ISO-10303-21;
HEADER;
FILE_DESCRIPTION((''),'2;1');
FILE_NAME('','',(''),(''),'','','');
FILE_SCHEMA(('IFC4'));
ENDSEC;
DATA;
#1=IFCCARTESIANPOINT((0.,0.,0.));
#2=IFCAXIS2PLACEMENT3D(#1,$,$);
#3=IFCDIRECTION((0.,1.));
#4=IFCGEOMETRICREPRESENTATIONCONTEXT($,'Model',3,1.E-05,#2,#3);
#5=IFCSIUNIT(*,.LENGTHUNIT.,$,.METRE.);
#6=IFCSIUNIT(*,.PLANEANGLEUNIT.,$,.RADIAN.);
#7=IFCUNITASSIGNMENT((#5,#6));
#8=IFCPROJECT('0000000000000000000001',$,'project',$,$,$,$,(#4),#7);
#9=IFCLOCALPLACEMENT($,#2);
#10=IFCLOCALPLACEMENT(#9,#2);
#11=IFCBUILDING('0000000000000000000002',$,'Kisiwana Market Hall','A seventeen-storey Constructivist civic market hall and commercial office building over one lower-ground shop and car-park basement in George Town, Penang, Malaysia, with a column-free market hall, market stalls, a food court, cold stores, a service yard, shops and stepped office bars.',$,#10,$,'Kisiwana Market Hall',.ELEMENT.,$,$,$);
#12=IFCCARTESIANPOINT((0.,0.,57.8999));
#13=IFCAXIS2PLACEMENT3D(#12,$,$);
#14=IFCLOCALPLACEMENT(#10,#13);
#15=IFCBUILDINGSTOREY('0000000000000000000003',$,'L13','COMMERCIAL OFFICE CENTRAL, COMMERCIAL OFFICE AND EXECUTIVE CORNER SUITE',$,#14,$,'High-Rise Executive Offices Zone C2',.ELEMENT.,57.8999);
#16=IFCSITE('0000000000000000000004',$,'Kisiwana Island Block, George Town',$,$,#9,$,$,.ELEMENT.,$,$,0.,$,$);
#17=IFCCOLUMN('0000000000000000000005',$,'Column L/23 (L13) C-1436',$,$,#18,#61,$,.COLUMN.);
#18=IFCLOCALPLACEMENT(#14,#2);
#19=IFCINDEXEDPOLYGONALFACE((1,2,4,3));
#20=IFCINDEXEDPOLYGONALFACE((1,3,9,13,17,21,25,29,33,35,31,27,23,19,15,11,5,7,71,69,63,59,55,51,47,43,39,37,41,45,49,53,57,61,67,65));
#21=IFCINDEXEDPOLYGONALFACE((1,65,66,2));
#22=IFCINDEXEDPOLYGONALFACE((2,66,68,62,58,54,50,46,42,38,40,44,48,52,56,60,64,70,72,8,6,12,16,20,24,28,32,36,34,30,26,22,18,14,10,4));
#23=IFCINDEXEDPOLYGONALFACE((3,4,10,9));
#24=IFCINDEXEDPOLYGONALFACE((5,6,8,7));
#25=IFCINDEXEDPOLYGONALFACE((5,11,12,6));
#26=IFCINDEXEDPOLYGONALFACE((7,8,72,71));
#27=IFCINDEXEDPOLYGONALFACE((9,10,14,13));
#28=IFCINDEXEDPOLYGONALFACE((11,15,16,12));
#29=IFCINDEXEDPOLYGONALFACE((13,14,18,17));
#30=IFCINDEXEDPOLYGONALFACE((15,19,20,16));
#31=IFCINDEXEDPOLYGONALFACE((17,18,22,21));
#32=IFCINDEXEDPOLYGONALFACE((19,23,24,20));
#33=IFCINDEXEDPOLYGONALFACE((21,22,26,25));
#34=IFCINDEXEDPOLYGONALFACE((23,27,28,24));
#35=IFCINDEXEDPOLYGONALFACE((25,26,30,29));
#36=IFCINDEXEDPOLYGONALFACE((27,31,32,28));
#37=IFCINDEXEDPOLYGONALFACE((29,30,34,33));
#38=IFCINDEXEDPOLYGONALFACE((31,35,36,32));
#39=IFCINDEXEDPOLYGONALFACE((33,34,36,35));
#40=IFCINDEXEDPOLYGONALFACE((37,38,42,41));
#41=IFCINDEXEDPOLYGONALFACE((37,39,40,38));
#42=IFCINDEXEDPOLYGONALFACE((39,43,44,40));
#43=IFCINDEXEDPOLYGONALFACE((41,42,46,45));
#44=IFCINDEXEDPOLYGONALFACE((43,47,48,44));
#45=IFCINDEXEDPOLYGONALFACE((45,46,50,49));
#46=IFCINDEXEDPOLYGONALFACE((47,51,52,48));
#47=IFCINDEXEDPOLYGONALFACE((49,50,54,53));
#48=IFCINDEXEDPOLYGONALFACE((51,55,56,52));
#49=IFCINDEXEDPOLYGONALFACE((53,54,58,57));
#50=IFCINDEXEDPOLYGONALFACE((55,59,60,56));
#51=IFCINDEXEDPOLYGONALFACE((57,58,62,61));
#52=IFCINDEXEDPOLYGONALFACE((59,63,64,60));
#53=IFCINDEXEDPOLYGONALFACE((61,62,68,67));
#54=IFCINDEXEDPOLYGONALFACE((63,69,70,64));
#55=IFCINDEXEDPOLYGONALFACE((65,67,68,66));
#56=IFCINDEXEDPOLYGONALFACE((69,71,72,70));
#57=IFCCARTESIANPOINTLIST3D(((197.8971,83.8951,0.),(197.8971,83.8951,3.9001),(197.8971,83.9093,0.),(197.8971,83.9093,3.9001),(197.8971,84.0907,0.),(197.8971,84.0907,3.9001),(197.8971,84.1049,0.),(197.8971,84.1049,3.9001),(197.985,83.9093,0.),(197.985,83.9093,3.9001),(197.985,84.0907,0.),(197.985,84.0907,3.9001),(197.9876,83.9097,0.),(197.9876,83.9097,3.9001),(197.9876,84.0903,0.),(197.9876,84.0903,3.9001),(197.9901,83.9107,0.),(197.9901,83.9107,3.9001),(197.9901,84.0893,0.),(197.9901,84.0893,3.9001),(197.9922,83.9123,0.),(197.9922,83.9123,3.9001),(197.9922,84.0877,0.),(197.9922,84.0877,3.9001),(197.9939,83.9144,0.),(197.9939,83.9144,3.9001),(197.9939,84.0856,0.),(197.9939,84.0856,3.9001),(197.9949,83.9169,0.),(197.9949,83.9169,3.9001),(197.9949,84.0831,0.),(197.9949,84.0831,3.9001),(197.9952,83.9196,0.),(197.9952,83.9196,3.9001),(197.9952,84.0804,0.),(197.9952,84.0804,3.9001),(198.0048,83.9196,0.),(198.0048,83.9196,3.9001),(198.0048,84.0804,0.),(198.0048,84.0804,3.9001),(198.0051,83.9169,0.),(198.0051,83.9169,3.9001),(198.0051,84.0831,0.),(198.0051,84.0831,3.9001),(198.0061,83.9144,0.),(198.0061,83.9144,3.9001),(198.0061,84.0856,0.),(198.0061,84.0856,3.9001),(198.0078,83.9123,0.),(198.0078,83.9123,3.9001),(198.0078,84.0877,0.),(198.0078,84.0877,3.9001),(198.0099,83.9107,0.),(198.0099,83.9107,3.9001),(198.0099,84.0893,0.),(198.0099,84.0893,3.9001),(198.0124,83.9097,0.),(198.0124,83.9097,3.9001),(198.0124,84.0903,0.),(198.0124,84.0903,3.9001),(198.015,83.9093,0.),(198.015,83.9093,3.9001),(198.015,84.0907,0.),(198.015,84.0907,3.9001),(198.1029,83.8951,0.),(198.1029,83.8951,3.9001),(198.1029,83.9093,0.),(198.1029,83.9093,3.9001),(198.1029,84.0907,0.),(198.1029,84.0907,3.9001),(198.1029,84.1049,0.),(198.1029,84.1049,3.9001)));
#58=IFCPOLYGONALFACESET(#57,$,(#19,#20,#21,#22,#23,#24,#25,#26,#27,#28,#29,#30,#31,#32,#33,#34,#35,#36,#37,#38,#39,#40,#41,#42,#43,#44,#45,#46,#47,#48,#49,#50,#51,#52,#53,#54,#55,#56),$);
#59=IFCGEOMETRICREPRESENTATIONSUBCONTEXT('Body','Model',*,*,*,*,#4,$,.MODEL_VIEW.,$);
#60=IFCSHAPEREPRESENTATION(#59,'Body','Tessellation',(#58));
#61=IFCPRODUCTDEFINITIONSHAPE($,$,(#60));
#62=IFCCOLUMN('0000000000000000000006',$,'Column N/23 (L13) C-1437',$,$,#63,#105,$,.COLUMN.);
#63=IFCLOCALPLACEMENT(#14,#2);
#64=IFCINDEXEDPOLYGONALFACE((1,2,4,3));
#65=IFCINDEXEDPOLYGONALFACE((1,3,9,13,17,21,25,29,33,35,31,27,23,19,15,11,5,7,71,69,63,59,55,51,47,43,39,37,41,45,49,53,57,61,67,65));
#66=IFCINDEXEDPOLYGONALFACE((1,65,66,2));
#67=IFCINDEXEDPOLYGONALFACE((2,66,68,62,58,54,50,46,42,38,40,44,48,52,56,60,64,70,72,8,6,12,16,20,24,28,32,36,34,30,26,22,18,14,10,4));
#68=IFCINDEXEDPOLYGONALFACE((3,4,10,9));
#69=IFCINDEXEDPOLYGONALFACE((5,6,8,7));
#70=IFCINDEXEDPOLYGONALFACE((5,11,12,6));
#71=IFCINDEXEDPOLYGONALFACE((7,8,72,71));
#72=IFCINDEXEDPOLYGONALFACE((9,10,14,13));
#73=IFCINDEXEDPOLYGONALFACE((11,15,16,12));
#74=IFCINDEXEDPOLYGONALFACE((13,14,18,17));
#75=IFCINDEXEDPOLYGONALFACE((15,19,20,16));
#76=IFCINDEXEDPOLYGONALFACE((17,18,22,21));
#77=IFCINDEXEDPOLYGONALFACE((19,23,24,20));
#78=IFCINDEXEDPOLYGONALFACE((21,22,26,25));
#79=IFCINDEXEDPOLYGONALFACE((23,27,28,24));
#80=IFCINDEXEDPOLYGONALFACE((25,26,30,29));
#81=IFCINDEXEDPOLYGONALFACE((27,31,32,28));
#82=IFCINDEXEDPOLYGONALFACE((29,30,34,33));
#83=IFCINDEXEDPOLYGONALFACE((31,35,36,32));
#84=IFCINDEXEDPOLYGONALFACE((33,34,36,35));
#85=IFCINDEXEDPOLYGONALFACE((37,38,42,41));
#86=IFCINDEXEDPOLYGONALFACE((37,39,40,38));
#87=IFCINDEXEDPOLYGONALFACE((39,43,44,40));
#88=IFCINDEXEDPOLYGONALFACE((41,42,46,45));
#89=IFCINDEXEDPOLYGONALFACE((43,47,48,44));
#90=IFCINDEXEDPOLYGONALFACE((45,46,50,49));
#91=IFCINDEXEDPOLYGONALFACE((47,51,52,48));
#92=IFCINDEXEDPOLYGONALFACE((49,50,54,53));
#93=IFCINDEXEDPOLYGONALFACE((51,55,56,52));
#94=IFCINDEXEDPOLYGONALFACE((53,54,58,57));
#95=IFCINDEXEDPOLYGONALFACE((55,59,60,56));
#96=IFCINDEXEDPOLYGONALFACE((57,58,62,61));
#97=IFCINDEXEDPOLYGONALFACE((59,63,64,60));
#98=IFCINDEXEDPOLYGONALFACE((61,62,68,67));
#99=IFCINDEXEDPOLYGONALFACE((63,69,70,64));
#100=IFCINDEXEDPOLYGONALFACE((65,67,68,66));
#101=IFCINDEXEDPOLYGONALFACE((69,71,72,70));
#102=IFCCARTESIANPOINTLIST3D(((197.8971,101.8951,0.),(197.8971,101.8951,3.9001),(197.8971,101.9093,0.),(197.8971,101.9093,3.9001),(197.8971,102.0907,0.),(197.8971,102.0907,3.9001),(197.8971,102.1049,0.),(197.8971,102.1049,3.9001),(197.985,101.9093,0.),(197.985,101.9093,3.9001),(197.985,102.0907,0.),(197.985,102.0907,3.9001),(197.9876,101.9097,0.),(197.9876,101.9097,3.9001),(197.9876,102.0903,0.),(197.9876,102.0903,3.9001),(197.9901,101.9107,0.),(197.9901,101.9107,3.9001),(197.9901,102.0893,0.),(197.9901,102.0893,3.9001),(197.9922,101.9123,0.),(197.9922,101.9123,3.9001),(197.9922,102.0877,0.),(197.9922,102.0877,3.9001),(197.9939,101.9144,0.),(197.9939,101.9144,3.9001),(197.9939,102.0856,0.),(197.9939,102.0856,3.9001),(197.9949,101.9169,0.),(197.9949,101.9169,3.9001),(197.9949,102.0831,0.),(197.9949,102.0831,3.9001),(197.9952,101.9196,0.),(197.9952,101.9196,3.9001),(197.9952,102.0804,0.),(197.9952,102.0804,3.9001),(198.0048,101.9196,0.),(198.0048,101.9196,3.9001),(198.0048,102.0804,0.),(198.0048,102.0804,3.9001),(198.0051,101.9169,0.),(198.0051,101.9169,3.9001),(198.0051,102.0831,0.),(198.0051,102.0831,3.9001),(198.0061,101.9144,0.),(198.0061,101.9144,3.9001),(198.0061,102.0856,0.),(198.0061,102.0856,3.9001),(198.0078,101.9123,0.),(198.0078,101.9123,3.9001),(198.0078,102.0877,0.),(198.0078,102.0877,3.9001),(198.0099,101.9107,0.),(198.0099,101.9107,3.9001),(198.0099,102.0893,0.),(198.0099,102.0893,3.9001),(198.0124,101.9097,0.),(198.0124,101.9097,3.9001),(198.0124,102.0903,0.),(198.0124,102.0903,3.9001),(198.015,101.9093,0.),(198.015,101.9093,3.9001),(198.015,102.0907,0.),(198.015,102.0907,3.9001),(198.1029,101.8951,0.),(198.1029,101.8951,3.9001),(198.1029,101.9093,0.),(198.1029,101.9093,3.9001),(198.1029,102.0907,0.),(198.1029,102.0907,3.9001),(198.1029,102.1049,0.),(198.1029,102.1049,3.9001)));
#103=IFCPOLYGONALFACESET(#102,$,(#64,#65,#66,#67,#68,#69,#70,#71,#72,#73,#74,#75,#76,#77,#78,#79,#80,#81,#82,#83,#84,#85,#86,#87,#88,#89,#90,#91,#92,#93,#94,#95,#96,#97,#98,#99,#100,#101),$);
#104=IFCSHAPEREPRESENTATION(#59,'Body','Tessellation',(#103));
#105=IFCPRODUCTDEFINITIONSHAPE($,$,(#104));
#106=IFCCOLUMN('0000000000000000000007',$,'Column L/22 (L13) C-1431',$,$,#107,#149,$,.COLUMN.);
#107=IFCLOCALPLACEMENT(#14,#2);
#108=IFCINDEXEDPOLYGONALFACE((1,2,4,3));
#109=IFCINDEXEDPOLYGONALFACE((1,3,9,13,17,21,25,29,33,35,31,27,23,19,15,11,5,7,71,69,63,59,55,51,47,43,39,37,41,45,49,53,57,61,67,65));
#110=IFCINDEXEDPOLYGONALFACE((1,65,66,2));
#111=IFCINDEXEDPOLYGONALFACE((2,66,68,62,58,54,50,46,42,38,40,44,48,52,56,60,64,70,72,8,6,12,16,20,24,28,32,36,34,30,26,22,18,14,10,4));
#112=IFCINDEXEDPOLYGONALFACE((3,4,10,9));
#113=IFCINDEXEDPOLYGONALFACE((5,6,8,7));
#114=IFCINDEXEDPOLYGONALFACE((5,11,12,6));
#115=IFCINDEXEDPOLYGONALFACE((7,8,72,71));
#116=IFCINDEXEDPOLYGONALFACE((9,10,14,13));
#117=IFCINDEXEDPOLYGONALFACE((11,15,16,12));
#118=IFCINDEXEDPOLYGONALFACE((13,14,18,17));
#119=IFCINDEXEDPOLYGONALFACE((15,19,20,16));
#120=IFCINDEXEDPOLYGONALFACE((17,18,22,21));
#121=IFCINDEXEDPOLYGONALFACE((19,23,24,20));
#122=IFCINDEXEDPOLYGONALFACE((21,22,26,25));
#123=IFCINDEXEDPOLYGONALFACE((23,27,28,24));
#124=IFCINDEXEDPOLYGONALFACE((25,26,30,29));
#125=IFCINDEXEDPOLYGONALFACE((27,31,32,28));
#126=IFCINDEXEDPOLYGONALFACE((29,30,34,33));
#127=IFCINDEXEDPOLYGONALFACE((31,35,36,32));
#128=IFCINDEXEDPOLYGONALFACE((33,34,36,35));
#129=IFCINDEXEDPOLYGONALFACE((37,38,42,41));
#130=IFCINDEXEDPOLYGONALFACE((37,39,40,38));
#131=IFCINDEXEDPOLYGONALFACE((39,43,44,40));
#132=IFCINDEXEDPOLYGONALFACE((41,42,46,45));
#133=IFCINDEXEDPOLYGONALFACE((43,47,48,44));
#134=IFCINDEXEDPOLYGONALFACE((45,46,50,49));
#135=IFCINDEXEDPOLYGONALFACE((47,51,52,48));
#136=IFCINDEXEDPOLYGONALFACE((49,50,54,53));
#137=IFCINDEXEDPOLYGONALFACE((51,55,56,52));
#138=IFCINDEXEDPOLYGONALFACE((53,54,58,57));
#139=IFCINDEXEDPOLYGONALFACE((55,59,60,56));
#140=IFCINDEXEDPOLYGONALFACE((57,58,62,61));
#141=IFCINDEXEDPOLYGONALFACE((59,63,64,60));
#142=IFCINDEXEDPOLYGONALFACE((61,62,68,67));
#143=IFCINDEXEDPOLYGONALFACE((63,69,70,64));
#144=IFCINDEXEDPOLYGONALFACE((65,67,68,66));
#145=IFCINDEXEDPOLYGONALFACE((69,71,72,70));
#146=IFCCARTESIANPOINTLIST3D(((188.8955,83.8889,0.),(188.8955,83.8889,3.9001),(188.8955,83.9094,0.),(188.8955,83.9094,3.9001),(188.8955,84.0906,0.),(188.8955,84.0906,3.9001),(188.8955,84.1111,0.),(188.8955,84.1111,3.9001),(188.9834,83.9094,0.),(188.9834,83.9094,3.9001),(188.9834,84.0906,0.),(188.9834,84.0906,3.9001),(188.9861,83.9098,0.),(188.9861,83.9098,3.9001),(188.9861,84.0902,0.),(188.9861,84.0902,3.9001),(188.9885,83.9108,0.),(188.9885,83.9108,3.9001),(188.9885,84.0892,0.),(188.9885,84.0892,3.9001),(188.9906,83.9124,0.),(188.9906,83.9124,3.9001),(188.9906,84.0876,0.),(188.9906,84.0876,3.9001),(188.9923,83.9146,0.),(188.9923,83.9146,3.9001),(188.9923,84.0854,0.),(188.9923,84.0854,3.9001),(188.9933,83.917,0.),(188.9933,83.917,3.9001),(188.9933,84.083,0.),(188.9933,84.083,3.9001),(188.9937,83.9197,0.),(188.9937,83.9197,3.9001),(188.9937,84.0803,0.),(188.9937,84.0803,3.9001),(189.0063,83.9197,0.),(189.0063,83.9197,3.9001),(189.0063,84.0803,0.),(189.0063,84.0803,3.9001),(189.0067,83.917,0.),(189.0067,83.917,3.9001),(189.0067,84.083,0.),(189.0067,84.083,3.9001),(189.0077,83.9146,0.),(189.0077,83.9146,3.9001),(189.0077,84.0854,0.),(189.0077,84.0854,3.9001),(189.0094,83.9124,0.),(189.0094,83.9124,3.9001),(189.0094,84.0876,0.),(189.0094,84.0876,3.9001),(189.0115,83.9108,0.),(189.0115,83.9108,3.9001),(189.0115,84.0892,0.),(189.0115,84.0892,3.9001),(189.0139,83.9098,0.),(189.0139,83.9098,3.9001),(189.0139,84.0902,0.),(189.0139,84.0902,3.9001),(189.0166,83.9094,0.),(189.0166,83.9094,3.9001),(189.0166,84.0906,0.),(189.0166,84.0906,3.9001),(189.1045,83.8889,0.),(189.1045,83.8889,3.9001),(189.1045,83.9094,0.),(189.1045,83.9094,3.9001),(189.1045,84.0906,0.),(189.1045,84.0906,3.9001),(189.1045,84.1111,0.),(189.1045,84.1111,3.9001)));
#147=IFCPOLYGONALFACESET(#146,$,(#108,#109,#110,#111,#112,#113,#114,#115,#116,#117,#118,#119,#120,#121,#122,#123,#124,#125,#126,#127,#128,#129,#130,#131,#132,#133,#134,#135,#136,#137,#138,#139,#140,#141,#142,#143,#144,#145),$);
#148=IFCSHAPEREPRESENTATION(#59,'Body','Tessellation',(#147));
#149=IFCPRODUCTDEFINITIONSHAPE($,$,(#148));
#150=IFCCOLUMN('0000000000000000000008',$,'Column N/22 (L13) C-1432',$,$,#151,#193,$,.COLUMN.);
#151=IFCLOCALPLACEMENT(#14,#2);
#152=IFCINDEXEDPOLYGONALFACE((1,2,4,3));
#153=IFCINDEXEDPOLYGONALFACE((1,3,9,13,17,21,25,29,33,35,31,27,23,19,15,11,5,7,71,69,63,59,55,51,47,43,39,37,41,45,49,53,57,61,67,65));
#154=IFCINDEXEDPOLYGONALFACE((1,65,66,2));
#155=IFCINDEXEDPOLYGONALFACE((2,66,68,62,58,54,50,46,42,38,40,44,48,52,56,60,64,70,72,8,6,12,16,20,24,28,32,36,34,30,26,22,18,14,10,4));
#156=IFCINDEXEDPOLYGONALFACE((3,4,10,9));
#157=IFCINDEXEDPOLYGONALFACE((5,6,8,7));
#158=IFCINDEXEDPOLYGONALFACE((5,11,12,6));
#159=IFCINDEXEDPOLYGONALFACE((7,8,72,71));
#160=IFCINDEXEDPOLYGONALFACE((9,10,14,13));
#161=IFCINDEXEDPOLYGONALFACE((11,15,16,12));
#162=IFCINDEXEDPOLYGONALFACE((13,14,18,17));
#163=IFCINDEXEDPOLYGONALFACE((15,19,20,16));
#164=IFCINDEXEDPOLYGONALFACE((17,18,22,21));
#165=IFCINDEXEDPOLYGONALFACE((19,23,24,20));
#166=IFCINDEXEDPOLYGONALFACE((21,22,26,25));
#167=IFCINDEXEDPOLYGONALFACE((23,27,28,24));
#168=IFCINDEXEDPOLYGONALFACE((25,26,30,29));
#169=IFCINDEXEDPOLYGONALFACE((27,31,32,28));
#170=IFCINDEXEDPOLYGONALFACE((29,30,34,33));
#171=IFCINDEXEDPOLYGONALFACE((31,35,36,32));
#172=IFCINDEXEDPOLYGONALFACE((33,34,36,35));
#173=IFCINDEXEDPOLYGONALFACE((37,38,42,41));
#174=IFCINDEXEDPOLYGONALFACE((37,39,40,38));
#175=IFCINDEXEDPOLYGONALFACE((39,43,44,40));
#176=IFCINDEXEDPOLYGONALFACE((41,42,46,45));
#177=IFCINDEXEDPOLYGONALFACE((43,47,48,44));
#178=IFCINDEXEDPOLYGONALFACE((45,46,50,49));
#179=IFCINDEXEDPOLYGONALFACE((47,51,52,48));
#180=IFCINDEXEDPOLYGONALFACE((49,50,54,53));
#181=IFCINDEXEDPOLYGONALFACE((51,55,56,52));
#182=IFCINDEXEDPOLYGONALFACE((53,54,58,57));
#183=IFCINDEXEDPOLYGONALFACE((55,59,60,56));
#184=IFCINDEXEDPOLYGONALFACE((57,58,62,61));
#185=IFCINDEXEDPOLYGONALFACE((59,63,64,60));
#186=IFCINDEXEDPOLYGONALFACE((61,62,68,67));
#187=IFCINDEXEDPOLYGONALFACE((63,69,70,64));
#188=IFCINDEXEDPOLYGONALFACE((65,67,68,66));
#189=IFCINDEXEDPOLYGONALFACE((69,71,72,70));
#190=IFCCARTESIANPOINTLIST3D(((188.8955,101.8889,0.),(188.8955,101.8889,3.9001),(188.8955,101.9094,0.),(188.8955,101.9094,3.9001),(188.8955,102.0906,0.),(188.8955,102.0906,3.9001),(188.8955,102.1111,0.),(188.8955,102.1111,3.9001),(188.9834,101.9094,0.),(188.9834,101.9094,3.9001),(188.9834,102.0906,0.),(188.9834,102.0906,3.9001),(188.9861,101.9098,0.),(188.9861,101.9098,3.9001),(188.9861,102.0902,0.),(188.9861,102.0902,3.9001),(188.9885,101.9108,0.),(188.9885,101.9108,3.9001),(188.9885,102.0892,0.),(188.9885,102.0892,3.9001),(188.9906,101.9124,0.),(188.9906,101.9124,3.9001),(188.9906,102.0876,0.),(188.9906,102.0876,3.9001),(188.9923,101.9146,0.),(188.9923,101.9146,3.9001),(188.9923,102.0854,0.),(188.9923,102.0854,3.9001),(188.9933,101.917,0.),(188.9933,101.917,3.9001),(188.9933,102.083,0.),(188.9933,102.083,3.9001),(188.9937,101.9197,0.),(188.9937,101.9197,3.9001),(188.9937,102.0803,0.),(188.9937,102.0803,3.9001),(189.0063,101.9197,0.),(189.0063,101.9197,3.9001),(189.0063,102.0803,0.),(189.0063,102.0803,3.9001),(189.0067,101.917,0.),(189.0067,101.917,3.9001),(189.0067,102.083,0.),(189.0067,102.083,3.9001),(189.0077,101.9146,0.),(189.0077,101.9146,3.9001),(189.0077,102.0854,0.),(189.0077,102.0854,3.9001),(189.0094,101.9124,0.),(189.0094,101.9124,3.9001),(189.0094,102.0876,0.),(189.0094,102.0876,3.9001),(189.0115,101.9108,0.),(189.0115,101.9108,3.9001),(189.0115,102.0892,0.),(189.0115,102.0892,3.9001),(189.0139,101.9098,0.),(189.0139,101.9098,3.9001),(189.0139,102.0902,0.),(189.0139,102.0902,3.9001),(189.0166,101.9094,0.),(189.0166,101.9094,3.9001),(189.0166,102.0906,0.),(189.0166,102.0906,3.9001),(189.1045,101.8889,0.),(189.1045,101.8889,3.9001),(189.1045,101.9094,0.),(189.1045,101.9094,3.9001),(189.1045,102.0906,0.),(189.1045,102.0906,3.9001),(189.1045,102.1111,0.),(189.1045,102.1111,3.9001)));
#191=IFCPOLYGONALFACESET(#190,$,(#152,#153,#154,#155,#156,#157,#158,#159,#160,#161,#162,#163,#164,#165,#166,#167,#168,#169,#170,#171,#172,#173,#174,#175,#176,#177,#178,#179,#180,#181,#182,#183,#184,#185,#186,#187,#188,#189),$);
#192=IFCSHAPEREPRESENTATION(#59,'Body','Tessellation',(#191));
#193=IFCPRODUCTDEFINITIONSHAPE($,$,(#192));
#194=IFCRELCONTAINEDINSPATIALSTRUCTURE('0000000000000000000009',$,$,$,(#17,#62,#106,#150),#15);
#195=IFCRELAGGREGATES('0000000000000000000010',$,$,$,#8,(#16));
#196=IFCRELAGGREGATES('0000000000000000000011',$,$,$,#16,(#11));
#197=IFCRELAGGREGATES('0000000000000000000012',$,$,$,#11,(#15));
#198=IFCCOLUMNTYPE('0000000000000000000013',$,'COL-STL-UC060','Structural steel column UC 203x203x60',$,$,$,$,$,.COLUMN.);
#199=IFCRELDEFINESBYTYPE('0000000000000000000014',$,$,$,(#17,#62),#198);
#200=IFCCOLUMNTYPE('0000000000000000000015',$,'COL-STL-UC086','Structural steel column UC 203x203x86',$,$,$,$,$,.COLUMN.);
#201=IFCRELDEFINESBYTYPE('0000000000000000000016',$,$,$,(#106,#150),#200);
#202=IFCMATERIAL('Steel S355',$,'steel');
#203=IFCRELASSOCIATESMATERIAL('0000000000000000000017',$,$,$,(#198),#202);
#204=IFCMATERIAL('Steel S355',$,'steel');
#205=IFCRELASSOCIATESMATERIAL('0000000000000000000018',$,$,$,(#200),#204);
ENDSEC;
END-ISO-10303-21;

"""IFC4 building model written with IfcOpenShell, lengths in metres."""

from ifc_helpers import new_model, si_unit, direction, frame, origin, origin_2d, place, context, subcontext, project, spatial, i_section, extrude, material, material_profile, profile_set, type_object, element, save


model = new_model("IFC4")

# Units and contexts
model_context = context("Model", 3, precision=1e-05, world=origin(), true_north=direction((0.0, 1.0)))
body_context = subcontext(model_context, "Body", "Model", "MODEL_VIEW")
ifc_project = project(units=[si_unit("LENGTHUNIT", "METRE"), si_unit("PLANEANGLEUNIT", "RADIAN")], contexts=[model_context])

# Site, building, storey
site_placement = place(None, origin())
site = spatial("IfcSite", under=ifc_project, at=site_placement, Name="Kisiwana Island Block, George Town", CompositionType="ELEMENT", RefElevation=0.0)
building_placement = place(site_placement, origin())
building = spatial("IfcBuilding", under=site, at=building_placement, Name="Kisiwana Market Hall", Description="A seventeen-storey Constructivist civic market hall and commercial office building over one lower-ground shop and car-park basement in George Town, Penang, Malaysia, with a column-free market hall, market stalls, a food court, cold stores, a service yard, shops and stepped office bars.", LongName="Kisiwana Market Hall", CompositionType="ELEMENT")
storey_placement = place(building_placement, frame((0.0, 0.0, 57.8999)))
storey = spatial("IfcBuildingStorey", under=building, at=storey_placement, Name="L13", Description="COMMERCIAL OFFICE CENTRAL, COMMERCIAL OFFICE AND EXECUTIVE CORNER SUITE", LongName="High-Rise Executive Offices Zone C2", CompositionType="ELEMENT", Elevation=57.8999)

# Columns
ifc_material_1 = material(Name="Steel S355", Category="steel")
ifc_material_profile_1 = material_profile(ifc_material_1, i_section(OverallWidth=0.2058, OverallDepth=0.2097, WebThickness=0.0095, FlangeThickness=0.0142, FilletRadius=0.0103, at=origin_2d()), Name="UC 203x203x60")
ifc_profile_set_1 = profile_set([ifc_material_profile_1], Name="Steel S355")
column_type_1 = type_object("IfcColumnType", Name="COL-STL-UC060", Description="Structural steel column UC 203x203x60", PredefinedType="COLUMN", material=ifc_profile_set_1)
for number, where, z_axis, x_axis, name in (
    (1, (198.0, 84.0, 0.0), (0.0, 0.0, 1.0), (1.0, 0.0, 0.0), "Column L/23 (L13) C-1436"),
    (2, (198.0, 102.0, 0.0), (0.0, 0.0, 1.0), (1.0, 0.0, 0.0), "Column N/23 (L13) C-1437"),
):
    element("IfcColumn", number, at=place(storey_placement, frame(where, z_axis=z_axis, x_axis=x_axis)), inside=storey, type_object=column_type_1, Name=name, PredefinedType="COLUMN", context=body_context, shape_type="SweptSolid", body=[
        extrude(i_section(OverallWidth=0.2058, OverallDepth=0.2097, WebThickness=0.0095, FlangeThickness=0.0142, FilletRadius=0.0103, at=origin_2d()), origin(), (0.0, 0.0, 1.0), 3.9001),
    ])
ifc_material_2 = material(Name="Steel S355", Category="steel")
ifc_material_profile_2 = material_profile(ifc_material_2, i_section(OverallWidth=0.209, OverallDepth=0.2222, WebThickness=0.0127, FlangeThickness=0.0205, FilletRadius=0.0103, at=origin_2d()), Name="UC 203x203x86")
ifc_profile_set_2 = profile_set([ifc_material_profile_2], Name="Steel S355")
column_type_2 = type_object("IfcColumnType", Name="COL-STL-UC086", Description="Structural steel column UC 203x203x86", PredefinedType="COLUMN", material=ifc_profile_set_2)
for number, where, z_axis, x_axis, name in (
    (3, (189.0, 84.0, 0.0), (0.0, 0.0, 1.0), (1.0, 0.0, 0.0), "Column L/22 (L13) C-1431"),
    (4, (189.0, 102.0, 0.0), (0.0, 0.0, 1.0), (1.0, 0.0, 0.0), "Column N/22 (L13) C-1432"),
):
    element("IfcColumn", number, at=place(storey_placement, frame(where, z_axis=z_axis, x_axis=x_axis)), inside=storey, type_object=column_type_2, Name=name, PredefinedType="COLUMN", context=body_context, shape_type="SweptSolid", body=[
        extrude(i_section(OverallWidth=0.209, OverallDepth=0.2222, WebThickness=0.0127, FlangeThickness=0.0205, FilletRadius=0.0103, at=origin_2d()), origin(), (0.0, 0.0, 1.0), 3.9001),
    ])

save(model, "model.ifc")
